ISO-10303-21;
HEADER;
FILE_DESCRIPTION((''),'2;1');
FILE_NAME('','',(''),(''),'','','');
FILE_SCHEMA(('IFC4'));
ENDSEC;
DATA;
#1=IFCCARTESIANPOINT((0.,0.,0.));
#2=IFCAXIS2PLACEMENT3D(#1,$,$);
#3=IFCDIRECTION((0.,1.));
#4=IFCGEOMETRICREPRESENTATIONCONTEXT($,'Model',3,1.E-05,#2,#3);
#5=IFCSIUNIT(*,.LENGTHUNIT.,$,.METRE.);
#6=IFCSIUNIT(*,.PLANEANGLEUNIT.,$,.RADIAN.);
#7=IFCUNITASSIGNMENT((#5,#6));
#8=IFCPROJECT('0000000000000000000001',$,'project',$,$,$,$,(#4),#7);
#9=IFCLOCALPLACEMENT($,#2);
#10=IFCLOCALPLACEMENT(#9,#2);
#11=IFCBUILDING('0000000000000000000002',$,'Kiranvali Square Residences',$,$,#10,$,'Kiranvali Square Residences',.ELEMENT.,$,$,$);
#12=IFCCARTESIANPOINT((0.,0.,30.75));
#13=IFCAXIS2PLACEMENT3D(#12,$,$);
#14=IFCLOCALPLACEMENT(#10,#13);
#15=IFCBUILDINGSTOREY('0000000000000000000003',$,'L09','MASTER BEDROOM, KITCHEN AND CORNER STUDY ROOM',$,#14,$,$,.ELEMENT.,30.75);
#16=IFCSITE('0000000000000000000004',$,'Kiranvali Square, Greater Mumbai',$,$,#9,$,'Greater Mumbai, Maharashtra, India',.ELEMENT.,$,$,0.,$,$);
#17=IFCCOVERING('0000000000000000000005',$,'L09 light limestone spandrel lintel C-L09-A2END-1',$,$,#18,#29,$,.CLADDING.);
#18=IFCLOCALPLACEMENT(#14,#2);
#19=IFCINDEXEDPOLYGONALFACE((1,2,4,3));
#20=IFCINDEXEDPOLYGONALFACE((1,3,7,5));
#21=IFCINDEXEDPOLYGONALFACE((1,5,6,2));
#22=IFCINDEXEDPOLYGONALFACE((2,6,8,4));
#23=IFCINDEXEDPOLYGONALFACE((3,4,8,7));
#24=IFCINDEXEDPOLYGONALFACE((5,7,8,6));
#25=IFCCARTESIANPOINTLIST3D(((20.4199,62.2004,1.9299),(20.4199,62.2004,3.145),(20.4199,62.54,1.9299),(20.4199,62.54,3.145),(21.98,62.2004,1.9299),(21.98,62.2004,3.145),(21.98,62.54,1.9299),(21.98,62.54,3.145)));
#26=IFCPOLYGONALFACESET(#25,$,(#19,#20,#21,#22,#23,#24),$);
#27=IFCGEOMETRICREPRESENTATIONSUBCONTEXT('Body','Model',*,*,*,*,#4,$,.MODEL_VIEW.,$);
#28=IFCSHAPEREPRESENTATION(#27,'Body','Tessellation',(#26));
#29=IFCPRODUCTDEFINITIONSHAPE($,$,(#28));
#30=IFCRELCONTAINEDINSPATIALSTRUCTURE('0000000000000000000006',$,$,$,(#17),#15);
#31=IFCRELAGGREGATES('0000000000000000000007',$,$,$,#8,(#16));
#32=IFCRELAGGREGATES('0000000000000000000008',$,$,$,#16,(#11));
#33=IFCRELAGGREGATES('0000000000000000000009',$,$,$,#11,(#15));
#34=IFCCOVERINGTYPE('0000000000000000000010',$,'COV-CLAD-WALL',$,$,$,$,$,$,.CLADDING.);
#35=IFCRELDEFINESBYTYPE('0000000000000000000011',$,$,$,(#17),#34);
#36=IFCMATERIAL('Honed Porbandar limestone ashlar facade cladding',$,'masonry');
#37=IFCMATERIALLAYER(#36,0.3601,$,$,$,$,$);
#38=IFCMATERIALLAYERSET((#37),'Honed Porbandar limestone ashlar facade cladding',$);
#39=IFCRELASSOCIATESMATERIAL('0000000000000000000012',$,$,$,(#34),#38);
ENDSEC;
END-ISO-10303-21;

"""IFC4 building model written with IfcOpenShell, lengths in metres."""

from ifc_helpers import new_model, si_unit, direction, frame, origin, place, context, subcontext, project, spatial, polyline, outline, extrude, material, layer, layer_set, type_object, element, save


model = new_model("IFC4")

# Units and contexts
model_context = context("Model", 3, precision=1e-05, world=origin(), true_north=direction((0.0, 1.0)))
body_context = subcontext(model_context, "Body", "Model", "MODEL_VIEW")
ifc_project = project(units=[si_unit("LENGTHUNIT", "METRE"), si_unit("PLANEANGLEUNIT", "RADIAN")], contexts=[model_context])

# Site, building, storey
site_placement = place(None, origin())
site = spatial("IfcSite", under=ifc_project, at=site_placement, Name="Kiranvali Square, Greater Mumbai", LongName="Greater Mumbai, Maharashtra, India", CompositionType="ELEMENT", RefElevation=0.0)
building_placement = place(site_placement, origin())
building = spatial("IfcBuilding", under=site, at=building_placement, Name="Kiranvali Square Residences", LongName="Kiranvali Square Residences", CompositionType="ELEMENT")
storey_placement = place(building_placement, frame((0.0, 0.0, 30.75)))
storey = spatial("IfcBuildingStorey", under=building, at=storey_placement, Name="L09", Description="MASTER BEDROOM, KITCHEN AND CORNER STUDY ROOM", CompositionType="ELEMENT", Elevation=30.75)

# Covering
ifc_material = material(Name="Honed Porbandar limestone ashlar facade cladding", Category="masonry")
ifc_layer_1 = layer(ifc_material, 0.3601)
ifc_layer_set_1 = layer_set([ifc_layer_1], Name="Honed Porbandar limestone ashlar facade cladding")
covering_type_1 = type_object("IfcCoveringType", Name="COV-CLAD-WALL", PredefinedType="CLADDING", material=ifc_layer_set_1)
covering_1_placement = place(storey_placement, frame((0.0, 0.0, 1.9299)))
element("IfcCovering", 1, at=covering_1_placement, inside=storey, type_object=covering_type_1, Name="L09 light limestone spandrel lintel C-L09-A2END-1", PredefinedType="CLADDING", context=body_context, shape_type="SweptSolid", body=[
    extrude(outline(polyline([(21.98, 62.54), (20.4199, 62.54), (20.4199, 62.2004), (21.98, 62.2004), (21.98, 62.54)])), origin(), (0.0, 0.0, 1.0), 1.2151),
])

save(model, "model.ifc")
